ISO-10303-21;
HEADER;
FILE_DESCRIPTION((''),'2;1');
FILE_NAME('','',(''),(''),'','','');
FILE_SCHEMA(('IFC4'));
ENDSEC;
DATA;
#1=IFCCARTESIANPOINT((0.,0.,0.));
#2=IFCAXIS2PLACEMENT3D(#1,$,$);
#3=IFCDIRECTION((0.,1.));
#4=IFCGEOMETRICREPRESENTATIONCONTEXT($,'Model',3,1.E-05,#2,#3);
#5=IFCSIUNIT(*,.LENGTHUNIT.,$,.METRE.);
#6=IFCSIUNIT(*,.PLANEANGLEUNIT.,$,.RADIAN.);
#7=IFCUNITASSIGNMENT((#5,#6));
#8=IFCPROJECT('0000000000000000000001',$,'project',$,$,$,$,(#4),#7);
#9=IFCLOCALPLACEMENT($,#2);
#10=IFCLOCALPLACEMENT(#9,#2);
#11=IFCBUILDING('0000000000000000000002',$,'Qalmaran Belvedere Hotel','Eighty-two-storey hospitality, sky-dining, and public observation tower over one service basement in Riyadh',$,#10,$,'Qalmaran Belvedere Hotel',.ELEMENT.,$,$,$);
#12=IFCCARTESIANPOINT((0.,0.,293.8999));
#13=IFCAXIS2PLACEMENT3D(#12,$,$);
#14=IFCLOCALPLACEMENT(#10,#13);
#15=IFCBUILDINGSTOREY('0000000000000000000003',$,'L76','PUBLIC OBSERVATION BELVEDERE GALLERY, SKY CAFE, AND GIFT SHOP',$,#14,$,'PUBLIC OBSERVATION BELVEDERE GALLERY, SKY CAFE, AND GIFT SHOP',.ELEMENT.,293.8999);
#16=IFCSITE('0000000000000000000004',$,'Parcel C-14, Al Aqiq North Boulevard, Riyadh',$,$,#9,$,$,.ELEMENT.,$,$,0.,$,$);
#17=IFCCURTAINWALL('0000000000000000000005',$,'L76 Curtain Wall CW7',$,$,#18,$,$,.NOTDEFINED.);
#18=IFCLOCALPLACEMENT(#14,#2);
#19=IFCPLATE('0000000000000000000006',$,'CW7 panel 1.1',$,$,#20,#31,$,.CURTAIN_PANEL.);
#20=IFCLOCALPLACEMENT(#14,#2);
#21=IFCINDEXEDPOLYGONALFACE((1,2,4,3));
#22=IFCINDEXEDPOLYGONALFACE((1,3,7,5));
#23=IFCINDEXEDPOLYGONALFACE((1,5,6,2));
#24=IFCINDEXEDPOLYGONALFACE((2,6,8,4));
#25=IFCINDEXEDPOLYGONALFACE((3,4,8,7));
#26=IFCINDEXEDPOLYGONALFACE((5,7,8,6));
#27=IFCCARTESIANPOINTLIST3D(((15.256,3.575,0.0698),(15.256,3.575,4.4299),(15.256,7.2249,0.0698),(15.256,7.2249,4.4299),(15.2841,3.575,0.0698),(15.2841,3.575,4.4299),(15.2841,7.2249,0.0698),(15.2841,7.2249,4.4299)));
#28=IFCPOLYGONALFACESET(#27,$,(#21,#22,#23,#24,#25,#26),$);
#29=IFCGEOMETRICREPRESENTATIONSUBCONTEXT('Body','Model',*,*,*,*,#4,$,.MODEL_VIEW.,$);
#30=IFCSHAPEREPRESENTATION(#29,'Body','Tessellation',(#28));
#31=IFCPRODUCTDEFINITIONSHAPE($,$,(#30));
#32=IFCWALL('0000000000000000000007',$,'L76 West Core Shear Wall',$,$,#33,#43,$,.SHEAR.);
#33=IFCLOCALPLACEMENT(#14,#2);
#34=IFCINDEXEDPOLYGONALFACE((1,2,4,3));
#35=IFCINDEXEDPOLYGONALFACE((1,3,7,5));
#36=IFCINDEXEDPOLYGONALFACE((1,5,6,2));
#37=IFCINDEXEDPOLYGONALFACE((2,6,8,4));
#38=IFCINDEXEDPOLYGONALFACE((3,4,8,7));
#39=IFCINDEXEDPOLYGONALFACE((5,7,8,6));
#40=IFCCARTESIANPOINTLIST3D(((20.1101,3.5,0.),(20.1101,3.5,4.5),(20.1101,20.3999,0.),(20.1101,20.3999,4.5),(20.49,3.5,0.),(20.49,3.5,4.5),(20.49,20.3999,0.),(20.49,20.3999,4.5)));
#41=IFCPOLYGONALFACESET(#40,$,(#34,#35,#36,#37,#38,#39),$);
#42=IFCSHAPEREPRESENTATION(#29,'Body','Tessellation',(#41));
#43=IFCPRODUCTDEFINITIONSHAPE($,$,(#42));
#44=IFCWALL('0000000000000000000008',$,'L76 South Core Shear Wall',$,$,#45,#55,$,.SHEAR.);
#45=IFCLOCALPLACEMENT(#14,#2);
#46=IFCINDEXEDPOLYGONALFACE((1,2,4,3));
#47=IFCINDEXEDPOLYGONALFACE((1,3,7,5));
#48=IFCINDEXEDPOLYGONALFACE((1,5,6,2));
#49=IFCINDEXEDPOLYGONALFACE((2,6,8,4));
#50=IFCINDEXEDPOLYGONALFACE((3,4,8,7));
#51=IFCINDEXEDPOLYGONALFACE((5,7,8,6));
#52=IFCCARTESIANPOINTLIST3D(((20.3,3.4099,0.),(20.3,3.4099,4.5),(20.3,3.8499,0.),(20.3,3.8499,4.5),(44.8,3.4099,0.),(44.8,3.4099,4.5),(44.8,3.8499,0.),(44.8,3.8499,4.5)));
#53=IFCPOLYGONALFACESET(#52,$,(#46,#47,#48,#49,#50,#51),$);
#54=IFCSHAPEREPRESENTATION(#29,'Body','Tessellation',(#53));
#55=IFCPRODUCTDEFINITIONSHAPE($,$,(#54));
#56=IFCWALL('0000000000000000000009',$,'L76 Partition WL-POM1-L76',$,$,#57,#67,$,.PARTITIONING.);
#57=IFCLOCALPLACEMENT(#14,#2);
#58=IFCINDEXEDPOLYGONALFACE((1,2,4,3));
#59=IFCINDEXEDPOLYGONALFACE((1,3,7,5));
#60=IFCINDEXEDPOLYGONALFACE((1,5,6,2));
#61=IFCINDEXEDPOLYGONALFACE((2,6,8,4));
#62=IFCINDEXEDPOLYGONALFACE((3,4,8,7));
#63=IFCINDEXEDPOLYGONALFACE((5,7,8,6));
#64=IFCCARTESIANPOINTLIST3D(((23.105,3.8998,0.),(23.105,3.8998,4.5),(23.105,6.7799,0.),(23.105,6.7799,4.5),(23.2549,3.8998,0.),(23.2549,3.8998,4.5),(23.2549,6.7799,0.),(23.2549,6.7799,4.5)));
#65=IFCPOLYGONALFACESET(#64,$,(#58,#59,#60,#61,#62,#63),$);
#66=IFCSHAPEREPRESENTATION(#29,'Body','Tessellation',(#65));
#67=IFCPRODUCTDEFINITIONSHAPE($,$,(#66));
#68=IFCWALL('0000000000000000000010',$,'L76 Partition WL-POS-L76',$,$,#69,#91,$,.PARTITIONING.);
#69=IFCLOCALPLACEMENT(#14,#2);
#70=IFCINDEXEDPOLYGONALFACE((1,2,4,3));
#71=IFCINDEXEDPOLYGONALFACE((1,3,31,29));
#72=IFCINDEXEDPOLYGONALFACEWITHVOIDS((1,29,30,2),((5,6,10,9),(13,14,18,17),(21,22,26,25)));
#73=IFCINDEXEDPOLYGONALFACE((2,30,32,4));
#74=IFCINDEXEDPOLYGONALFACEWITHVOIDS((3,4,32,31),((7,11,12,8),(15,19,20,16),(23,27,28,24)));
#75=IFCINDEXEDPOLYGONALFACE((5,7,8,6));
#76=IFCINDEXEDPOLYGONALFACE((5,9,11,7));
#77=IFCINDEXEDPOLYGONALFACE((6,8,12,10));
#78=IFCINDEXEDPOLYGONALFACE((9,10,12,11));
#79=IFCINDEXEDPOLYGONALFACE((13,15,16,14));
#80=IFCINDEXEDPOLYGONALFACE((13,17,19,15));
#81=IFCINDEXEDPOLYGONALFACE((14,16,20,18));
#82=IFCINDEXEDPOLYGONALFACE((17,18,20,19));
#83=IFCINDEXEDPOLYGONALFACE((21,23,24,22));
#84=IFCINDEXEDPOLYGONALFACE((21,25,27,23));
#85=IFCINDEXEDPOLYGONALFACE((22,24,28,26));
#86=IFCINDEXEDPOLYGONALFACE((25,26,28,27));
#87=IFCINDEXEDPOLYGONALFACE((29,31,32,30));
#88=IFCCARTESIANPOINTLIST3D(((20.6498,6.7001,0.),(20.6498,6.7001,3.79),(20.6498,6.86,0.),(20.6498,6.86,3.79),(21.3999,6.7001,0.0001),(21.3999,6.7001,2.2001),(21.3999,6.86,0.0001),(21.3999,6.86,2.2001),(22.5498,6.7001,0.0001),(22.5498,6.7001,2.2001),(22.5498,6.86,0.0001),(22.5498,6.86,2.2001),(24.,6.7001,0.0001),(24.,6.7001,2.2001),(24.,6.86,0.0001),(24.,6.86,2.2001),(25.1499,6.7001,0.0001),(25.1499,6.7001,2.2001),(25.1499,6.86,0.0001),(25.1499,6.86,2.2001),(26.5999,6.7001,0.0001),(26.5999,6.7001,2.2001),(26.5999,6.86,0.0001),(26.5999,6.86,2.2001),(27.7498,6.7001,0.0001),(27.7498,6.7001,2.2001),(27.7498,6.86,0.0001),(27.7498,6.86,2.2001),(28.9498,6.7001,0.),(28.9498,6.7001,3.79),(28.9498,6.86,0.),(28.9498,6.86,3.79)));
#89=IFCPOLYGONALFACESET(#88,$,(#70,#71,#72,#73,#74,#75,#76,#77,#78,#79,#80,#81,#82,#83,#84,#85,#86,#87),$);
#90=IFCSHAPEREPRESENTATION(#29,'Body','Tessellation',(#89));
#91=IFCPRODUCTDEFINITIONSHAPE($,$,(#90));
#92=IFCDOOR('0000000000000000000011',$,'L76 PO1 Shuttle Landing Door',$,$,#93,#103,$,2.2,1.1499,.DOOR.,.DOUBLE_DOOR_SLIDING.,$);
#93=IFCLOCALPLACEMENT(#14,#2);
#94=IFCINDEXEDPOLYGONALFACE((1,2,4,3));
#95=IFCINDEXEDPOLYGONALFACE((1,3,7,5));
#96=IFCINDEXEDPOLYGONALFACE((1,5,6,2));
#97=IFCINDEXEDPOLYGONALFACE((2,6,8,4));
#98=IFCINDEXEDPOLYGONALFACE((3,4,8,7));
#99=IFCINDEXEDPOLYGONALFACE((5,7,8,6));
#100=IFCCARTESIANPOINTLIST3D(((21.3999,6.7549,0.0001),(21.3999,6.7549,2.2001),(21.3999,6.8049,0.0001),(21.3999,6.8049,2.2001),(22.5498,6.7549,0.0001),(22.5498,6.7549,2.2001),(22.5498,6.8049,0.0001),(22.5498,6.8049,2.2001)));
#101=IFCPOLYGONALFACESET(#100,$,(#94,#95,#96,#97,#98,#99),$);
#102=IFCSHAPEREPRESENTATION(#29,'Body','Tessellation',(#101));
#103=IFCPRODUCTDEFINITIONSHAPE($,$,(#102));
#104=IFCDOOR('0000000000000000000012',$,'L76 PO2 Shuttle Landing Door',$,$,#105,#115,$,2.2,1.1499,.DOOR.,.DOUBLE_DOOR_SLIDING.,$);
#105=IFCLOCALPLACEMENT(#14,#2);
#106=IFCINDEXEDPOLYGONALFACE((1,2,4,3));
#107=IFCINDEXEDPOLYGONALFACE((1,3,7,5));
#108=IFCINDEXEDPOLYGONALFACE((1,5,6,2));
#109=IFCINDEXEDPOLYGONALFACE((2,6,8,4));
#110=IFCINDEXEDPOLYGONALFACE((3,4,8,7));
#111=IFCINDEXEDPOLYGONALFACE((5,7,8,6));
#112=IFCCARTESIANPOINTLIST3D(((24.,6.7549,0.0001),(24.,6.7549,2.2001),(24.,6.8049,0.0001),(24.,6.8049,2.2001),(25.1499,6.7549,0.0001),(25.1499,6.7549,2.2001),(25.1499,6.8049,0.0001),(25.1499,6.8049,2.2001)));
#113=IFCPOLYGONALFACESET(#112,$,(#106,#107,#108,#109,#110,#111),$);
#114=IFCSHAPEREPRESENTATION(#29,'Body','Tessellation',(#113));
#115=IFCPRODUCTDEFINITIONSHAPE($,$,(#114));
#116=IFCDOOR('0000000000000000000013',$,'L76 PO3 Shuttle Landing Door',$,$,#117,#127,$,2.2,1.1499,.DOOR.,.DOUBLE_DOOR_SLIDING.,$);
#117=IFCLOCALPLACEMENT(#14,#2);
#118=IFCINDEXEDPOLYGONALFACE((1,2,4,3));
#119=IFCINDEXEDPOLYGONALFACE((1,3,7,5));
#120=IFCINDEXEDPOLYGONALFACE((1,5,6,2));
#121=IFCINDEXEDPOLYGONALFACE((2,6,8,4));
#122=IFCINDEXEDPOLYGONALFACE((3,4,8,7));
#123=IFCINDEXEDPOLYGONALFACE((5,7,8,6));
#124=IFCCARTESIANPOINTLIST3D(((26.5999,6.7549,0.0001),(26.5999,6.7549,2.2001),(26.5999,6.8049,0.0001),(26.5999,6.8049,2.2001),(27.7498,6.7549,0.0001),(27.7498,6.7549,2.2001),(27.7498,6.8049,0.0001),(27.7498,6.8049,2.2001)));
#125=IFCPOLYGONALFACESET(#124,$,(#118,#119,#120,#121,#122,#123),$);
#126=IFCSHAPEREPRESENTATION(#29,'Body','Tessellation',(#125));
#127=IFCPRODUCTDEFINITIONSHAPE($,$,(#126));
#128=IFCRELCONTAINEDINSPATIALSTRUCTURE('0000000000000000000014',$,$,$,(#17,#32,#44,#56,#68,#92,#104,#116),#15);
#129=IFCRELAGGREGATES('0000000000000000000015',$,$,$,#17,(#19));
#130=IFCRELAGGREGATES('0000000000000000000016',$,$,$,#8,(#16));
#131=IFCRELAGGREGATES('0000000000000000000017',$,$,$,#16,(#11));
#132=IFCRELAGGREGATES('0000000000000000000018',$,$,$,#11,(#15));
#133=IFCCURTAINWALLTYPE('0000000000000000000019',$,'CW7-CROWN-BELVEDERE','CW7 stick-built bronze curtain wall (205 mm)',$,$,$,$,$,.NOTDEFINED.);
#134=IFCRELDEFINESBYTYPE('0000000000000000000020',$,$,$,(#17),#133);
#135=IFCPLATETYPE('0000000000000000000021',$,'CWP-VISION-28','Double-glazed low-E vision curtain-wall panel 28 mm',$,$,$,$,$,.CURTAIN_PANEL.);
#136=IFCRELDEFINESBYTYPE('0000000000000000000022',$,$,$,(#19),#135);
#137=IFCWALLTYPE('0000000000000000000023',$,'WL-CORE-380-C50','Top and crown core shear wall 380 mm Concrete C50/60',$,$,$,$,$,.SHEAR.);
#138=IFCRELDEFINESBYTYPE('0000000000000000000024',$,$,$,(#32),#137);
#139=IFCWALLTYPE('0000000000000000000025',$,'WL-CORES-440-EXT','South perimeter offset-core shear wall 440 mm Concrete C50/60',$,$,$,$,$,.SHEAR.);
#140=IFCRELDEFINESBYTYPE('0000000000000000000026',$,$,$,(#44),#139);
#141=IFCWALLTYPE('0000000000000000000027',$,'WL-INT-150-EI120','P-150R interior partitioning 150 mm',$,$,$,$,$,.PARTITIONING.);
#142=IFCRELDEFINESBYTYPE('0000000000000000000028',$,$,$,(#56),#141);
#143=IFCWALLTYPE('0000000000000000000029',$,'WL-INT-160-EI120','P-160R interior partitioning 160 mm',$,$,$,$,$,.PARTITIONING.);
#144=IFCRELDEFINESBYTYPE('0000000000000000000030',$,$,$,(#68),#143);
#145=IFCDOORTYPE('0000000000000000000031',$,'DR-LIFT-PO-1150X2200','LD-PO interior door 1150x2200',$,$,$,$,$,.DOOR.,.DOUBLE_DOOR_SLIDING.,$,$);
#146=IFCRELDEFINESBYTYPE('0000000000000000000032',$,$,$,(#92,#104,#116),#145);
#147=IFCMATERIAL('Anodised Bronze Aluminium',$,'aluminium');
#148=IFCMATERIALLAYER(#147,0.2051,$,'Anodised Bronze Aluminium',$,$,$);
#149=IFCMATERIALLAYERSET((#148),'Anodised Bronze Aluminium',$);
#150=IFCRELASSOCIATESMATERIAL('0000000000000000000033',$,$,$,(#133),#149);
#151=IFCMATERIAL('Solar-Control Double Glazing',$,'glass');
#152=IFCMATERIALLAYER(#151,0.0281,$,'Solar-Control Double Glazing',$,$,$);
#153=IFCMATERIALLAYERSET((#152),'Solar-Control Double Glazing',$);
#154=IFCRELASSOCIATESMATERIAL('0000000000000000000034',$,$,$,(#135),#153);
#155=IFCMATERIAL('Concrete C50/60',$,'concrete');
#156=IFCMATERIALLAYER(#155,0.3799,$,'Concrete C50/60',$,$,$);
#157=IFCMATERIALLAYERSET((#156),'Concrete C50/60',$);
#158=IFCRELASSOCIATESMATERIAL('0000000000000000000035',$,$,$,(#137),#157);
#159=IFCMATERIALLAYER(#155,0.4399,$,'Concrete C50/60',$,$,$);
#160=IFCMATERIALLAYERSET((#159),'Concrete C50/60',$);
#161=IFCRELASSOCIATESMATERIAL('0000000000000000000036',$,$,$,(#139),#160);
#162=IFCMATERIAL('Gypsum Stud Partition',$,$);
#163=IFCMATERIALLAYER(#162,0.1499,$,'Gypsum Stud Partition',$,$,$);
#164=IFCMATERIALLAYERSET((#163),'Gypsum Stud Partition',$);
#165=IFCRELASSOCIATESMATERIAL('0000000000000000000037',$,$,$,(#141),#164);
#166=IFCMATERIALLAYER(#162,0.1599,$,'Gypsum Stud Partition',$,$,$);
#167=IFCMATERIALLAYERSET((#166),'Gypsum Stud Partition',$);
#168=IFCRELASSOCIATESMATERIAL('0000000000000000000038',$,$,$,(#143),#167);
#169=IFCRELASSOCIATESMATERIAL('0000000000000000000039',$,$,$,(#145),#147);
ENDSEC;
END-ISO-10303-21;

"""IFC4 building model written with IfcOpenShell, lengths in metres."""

from ifc_helpers import new_model, si_unit, direction, frame, frame_2d, origin, origin_2d, place, context, subcontext, project, spatial, rectangle, extrude, material, layer, layer_set, type_object, element, fill, aggregate, save


model = new_model("IFC4")

# Units and contexts
model_context = context("Model", 3, precision=1e-05, world=origin(), true_north=direction((0.0, 1.0)))
body_context = subcontext(model_context, "Body", "Model", "MODEL_VIEW")
ifc_project = project(units=[si_unit("LENGTHUNIT", "METRE"), si_unit("PLANEANGLEUNIT", "RADIAN")], contexts=[model_context])

# Site, building, storey
site_placement = place(None, origin())
site = spatial("IfcSite", under=ifc_project, at=site_placement, Name="Parcel C-14, Al Aqiq North Boulevard, Riyadh", CompositionType="ELEMENT", RefElevation=0.0)
building_placement = place(site_placement, origin())
building = spatial("IfcBuilding", under=site, at=building_placement, Name="Qalmaran Belvedere Hotel", Description="Eighty-two-storey hospitality, sky-dining, and public observation tower over one service basement in Riyadh", LongName="Qalmaran Belvedere Hotel", CompositionType="ELEMENT")
storey_placement = place(building_placement, frame((0.0, 0.0, 293.8999)))
storey = spatial("IfcBuildingStorey", under=building, at=storey_placement, Name="L76", Description="PUBLIC OBSERVATION BELVEDERE GALLERY, SKY CAFE, AND GIFT SHOP", LongName="PUBLIC OBSERVATION BELVEDERE GALLERY, SKY CAFE, AND GIFT SHOP", CompositionType="ELEMENT", Elevation=293.8999)

# Shared definitions
ifc_material_1 = material(Name="Concrete C50/60", Category="concrete")

# Shared definitions
ifc_material_2 = material(Name="Anodised Bronze Aluminium", Category="aluminium")
ifc_layer_1 = layer(ifc_material_2, 0.2051, Name="Anodised Bronze Aluminium")
ifc_layer_set_1 = layer_set([ifc_layer_1], Name="Anodised Bronze Aluminium")
curtain_wall_type = type_object("IfcCurtainWallType", Name="CW7-CROWN-BELVEDERE", Description="CW7 stick-built bronze curtain wall (205 mm)", PredefinedType="NOTDEFINED", material=ifc_layer_set_1)

# Curtain wall
curtain_wall_1_placement = place(storey_placement, origin())
curtain_wall_1 = element("IfcCurtainWall", 1, at=curtain_wall_1_placement, inside=storey, type_object=curtain_wall_type, Name="L76 Curtain Wall CW7", PredefinedType="NOTDEFINED")

# Plate
ifc_material_3 = material(Name="Solar-Control Double Glazing", Category="glass")
ifc_layer_2 = layer(ifc_material_3, 0.0281, Name="Solar-Control Double Glazing")
ifc_layer_set_2 = layer_set([ifc_layer_2], Name="Solar-Control Double Glazing")
plate_type_1 = type_object("IfcPlateType", Name="CWP-VISION-28", Description="Double-glazed low-E vision curtain-wall panel 28 mm", PredefinedType="CURTAIN_PANEL", material=ifc_layer_set_2)
plate_1_placement = place(storey_placement, frame((15.27, 5.3999, 0.0698), z_axis=(0.0, 0.0, 1.0), x_axis=(0.0, -1.0, 0.0)))
plate_1 = element("IfcPlate", 2, at=plate_1_placement, type_object=plate_type_1, Name="CW7 panel 1.1", PredefinedType="CURTAIN_PANEL", context=body_context, shape_type="SweptSolid", body=[
    extrude(rectangle(XDim=3.6499, YDim=0.0281, at=origin_2d()), origin(), (0.0, 0.0, 1.0), 4.3601),
])
aggregate(curtain_wall_1, [plate_1])

# Walls
ifc_layer_3 = layer(ifc_material_1, 0.3799, Name="Concrete C50/60")
ifc_layer_set_3 = layer_set([ifc_layer_3], Name="Concrete C50/60")
wall_type_1 = type_object("IfcWallType", Name="WL-CORE-380-C50", Description="Top and crown core shear wall 380 mm Concrete C50/60", PredefinedType="SHEAR", material=ifc_layer_set_3)
wall_1_placement = place(storey_placement, frame((20.3, 3.5, 0.0), z_axis=(0.0, 0.0, 1.0), x_axis=(0.0, 1.0, 0.0)))
element("IfcWall", 3, at=wall_1_placement, inside=storey, type_object=wall_type_1, Name="L76 West Core Shear Wall", PredefinedType="SHEAR", context=body_context, shape_type="SweptSolid", body=[
    extrude(rectangle(XDim=16.8999, YDim=0.3799, at=frame_2d((8.45, 0.0))), origin(), (0.0, 0.0, 1.0), 4.5),
])
ifc_layer_4 = layer(ifc_material_1, 0.4399, Name="Concrete C50/60")
ifc_layer_set_4 = layer_set([ifc_layer_4], Name="Concrete C50/60")
wall_type_2 = type_object("IfcWallType", Name="WL-CORES-440-EXT", Description="South perimeter offset-core shear wall 440 mm Concrete C50/60", PredefinedType="SHEAR", material=ifc_layer_set_4)
wall_2_placement = place(storey_placement, frame((20.3, 3.6299, 0.0), z_axis=(0.0, 0.0, 1.0), x_axis=(1.0, 0.0, 0.0)))
element("IfcWall", 4, at=wall_2_placement, inside=storey, type_object=wall_type_2, Name="L76 South Core Shear Wall", PredefinedType="SHEAR", context=body_context, shape_type="SweptSolid", body=[
    extrude(rectangle(XDim=24.5, YDim=0.4399, at=frame_2d((12.25, 0.0))), origin(), (0.0, 0.0, 1.0), 4.5),
])
ifc_material_4 = material(Name="Gypsum Stud Partition")
ifc_layer_5 = layer(ifc_material_4, 0.1499, Name="Gypsum Stud Partition")
ifc_layer_set_5 = layer_set([ifc_layer_5], Name="Gypsum Stud Partition")
wall_type_3 = type_object("IfcWallType", Name="WL-INT-150-EI120", Description="P-150R interior partitioning 150 mm", PredefinedType="PARTITIONING", material=ifc_layer_set_5)
wall_3_placement = place(storey_placement, frame((23.1799, 3.8999, 0.0), z_axis=(0.0, 0.0, 1.0), x_axis=(0.0, 1.0, 0.0)))
element("IfcWall", 5, at=wall_3_placement, inside=storey, type_object=wall_type_3, Name="L76 Partition WL-POM1-L76", PredefinedType="PARTITIONING", context=body_context, shape_type="SweptSolid", body=[
    extrude(rectangle(XDim=2.8801, YDim=0.1499, at=frame_2d((1.4399, 0.0))), origin(), (0.0, 0.0, 1.0), 4.5),
])

# Wall, openings, doors
ifc_layer_6 = layer(ifc_material_4, 0.1599, Name="Gypsum Stud Partition")
ifc_layer_set_6 = layer_set([ifc_layer_6], Name="Gypsum Stud Partition")
wall_type_4 = type_object("IfcWallType", Name="WL-INT-160-EI120", Description="P-160R interior partitioning 160 mm", PredefinedType="PARTITIONING", material=ifc_layer_set_6)
wall_4_placement = place(storey_placement, frame((20.6499, 6.78, 0.0), z_axis=(0.0, 0.0, 1.0), x_axis=(1.0, 0.0, 0.0)))
wall_4 = element("IfcWall", 6, at=wall_4_placement, inside=storey, type_object=wall_type_4, Name="L76 Partition WL-POS-L76", PredefinedType="PARTITIONING", context=body_context, shape_type="SweptSolid", body=[
    extrude(rectangle(XDim=8.3, YDim=0.1599, at=frame_2d((4.1499, 0.0))), origin(), (0.0, 0.0, 1.0), 3.79),
])
opening_1_placement = place(wall_4_placement, frame((0.75, 0.0, 0.0)))
opening_1 = element("IfcOpeningElement", 7, at=opening_1_placement, cuts=wall_4, PredefinedType="OPENING", context=body_context, shape_type="SweptSolid", body=[
    extrude(rectangle(XDim=1.1499, YDim=2.2, at=frame_2d((0.575, 1.1001))), frame((0.0, 0.0898, 0.0), z_axis=(0.0, -1.0, 0.0), x_axis=(1.0, 0.0, 0.0)), (0.0, 0.0, 1.0), 0.1799),
])
opening_2_placement = place(wall_4_placement, frame((3.3501, 0.0, 0.0)))
opening_2 = element("IfcOpeningElement", 8, at=opening_2_placement, cuts=wall_4, PredefinedType="OPENING", context=body_context, shape_type="SweptSolid", body=[
    extrude(rectangle(XDim=1.1499, YDim=2.2, at=frame_2d((0.575, 1.1001))), frame((0.0, 0.0898, 0.0), z_axis=(0.0, -1.0, 0.0), x_axis=(1.0, 0.0, 0.0)), (0.0, 0.0, 1.0), 0.1799),
])
opening_3_placement = place(wall_4_placement, frame((5.95, 0.0, 0.0)))
opening_3 = element("IfcOpeningElement", 9, at=opening_3_placement, cuts=wall_4, PredefinedType="OPENING", context=body_context, shape_type="SweptSolid", body=[
    extrude(rectangle(XDim=1.1499, YDim=2.2, at=frame_2d((0.575, 1.1001))), frame((0.0, 0.0898, 0.0), z_axis=(0.0, -1.0, 0.0), x_axis=(1.0, 0.0, 0.0)), (0.0, 0.0, 1.0), 0.1799),
])
door_type = type_object("IfcDoorType", Name="DR-LIFT-PO-1150X2200", Description="LD-PO interior door 1150x2200", OperationType="DOUBLE_DOOR_SLIDING", PredefinedType="DOOR", material=ifc_material_2)
door_1_placement = place(opening_1_placement, origin())
door_1 = element("IfcDoor", 10, at=door_1_placement, inside=storey, type_object=door_type, Name="L76 PO1 Shuttle Landing Door", OperationType="DOUBLE_DOOR_SLIDING", OverallHeight=2.2, OverallWidth=1.1499, PredefinedType="DOOR", context=body_context, shape_type="SweptSolid", body=[
    extrude(rectangle(XDim=1.1499, YDim=2.2, at=frame_2d((0.575, 1.1001))), frame((0.0, 0.0249, 0.0), z_axis=(0.0, -1.0, 0.0), x_axis=(1.0, 0.0, 0.0)), (0.0, 0.0, 1.0), 0.05),
])
fill(opening_1, door_1)
door_2_placement = place(opening_2_placement, origin())
door_2 = element("IfcDoor", 11, at=door_2_placement, inside=storey, type_object=door_type, Name="L76 PO2 Shuttle Landing Door", OperationType="DOUBLE_DOOR_SLIDING", OverallHeight=2.2, OverallWidth=1.1499, PredefinedType="DOOR", context=body_context, shape_type="SweptSolid", body=[
    extrude(rectangle(XDim=1.1499, YDim=2.2, at=frame_2d((0.575, 1.1001))), frame((0.0, 0.0249, 0.0), z_axis=(0.0, -1.0, 0.0), x_axis=(1.0, 0.0, 0.0)), (0.0, 0.0, 1.0), 0.05),
])
fill(opening_2, door_2)
door_3_placement = place(opening_3_placement, origin())
door_3 = element("IfcDoor", 12, at=door_3_placement, inside=storey, type_object=door_type, Name="L76 PO3 Shuttle Landing Door", OperationType="DOUBLE_DOOR_SLIDING", OverallHeight=2.2, OverallWidth=1.1499, PredefinedType="DOOR", context=body_context, shape_type="SweptSolid", body=[
    extrude(rectangle(XDim=1.1499, YDim=2.2, at=frame_2d((0.575, 1.1001))), frame((0.0, 0.0249, 0.0), z_axis=(0.0, -1.0, 0.0), x_axis=(1.0, 0.0, 0.0)), (0.0, 0.0, 1.0), 0.05),
])
fill(opening_3, door_3)

save(model, "model.ifc")
